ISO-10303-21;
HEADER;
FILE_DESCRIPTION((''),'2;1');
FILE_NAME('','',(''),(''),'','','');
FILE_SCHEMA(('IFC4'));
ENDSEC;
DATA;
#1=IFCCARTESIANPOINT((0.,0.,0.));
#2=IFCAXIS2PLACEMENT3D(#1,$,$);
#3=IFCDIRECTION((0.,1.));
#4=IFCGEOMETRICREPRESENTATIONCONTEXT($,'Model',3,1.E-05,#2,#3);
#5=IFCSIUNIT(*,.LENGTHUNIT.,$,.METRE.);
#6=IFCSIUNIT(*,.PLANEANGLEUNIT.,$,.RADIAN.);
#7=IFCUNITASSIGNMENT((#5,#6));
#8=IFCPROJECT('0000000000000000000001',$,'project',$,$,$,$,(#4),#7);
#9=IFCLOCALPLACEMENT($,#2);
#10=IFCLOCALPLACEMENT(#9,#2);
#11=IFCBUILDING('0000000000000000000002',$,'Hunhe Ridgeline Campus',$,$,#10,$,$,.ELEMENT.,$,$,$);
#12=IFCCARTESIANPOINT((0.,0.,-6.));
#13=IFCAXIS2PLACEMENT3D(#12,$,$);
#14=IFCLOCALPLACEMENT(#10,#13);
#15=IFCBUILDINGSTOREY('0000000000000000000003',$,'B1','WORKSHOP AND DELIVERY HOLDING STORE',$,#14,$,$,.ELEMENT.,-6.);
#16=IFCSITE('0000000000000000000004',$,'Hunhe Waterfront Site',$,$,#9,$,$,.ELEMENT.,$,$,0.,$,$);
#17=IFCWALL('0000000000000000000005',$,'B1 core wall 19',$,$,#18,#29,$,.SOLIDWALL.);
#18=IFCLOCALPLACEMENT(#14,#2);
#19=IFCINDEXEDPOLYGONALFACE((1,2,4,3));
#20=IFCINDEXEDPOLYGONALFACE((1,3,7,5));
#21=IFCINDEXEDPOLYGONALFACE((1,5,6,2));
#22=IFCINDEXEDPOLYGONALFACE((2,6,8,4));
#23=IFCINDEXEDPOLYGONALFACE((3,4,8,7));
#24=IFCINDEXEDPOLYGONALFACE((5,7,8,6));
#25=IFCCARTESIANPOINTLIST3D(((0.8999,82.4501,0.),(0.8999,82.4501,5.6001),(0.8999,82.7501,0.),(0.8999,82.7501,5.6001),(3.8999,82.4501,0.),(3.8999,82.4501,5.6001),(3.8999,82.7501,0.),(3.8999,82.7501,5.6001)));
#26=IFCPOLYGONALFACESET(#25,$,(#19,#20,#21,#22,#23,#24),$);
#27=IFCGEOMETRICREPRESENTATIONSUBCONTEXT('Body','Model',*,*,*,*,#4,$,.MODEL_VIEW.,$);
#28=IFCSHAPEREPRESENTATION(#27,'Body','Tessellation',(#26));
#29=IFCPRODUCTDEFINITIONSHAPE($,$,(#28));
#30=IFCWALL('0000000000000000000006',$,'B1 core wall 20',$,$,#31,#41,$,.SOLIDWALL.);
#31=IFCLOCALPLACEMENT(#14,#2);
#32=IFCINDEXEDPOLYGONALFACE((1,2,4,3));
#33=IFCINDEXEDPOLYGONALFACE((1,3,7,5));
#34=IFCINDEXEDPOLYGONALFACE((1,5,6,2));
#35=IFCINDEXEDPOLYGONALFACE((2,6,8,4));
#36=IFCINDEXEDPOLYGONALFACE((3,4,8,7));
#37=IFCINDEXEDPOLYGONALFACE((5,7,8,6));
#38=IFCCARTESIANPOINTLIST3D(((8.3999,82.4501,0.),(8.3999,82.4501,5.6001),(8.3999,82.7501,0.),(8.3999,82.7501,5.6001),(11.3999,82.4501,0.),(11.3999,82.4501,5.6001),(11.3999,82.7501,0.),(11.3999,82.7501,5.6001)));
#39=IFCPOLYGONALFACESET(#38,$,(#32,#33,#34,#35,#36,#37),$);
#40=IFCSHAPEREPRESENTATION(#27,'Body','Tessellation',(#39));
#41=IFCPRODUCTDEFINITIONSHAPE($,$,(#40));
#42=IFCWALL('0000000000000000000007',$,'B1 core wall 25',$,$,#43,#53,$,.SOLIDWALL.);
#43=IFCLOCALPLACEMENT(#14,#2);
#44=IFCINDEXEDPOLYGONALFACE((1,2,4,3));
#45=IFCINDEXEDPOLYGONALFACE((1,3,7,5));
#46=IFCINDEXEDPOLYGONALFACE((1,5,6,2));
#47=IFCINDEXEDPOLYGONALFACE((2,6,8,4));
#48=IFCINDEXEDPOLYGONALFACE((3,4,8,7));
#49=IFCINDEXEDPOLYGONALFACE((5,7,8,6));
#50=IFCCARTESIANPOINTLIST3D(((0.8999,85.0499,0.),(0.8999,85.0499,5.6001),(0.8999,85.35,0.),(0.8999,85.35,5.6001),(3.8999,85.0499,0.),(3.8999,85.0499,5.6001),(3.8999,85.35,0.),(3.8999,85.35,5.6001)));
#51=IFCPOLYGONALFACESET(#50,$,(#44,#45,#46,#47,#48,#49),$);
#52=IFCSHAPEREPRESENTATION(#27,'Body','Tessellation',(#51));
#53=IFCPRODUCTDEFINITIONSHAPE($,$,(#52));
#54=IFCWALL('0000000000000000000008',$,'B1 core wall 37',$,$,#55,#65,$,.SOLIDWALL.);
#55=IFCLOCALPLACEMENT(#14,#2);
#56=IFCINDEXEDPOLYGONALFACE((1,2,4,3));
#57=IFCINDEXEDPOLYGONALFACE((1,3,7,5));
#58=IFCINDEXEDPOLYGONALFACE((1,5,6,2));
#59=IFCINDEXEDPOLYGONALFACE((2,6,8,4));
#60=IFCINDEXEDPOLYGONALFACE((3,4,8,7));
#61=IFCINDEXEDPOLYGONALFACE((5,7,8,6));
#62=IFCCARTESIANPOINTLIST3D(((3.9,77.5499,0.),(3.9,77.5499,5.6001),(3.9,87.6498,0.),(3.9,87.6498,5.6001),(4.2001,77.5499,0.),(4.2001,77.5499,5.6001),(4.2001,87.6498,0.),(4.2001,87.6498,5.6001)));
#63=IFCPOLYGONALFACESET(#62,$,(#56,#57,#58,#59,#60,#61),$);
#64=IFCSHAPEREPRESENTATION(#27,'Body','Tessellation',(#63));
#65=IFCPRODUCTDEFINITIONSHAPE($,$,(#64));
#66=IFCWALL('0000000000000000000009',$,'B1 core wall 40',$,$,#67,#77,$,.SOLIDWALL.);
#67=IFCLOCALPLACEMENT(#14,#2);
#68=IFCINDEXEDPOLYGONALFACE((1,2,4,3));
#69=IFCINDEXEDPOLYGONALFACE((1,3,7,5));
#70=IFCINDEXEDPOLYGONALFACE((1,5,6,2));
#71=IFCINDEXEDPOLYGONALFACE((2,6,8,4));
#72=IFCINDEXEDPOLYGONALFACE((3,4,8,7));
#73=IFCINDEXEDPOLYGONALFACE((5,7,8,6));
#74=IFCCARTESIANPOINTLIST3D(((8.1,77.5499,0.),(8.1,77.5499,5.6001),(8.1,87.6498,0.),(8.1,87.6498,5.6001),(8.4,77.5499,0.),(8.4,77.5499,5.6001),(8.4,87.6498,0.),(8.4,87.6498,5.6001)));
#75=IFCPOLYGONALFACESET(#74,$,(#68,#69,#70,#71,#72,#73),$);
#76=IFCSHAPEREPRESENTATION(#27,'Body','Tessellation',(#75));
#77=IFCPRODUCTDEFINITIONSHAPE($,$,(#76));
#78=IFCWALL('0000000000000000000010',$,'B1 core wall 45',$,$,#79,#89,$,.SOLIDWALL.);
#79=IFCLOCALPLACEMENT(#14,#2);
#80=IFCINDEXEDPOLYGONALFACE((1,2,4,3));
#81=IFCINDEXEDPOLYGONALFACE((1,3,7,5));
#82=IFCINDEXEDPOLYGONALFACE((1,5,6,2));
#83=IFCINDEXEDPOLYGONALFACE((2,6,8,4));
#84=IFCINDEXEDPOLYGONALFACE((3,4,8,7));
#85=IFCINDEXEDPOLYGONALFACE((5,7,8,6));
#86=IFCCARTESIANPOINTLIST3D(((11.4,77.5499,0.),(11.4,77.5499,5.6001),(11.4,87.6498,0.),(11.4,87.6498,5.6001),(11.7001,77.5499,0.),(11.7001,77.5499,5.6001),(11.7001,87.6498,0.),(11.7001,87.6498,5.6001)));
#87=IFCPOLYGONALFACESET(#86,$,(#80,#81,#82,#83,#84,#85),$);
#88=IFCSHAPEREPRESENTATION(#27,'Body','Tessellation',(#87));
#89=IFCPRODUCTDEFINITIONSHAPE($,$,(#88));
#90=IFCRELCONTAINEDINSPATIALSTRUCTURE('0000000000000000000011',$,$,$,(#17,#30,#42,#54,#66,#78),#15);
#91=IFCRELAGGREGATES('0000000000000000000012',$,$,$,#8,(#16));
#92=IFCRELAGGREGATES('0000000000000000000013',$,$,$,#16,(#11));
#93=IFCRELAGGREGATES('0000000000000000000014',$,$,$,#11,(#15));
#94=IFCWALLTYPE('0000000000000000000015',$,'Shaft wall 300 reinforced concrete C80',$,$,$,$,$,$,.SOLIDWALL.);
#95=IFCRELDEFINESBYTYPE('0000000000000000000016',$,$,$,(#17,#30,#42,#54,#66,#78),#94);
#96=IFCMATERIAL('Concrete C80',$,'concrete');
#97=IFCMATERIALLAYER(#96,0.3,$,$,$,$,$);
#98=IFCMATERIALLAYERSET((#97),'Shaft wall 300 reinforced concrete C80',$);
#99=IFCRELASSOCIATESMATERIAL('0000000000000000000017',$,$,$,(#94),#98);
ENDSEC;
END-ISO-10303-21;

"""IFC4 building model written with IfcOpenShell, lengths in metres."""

from ifc_helpers import new_model, si_unit, direction, frame, frame_2d, origin, place, context, subcontext, project, spatial, rectangle, extrude, material, layer, layer_set, type_object, element, save


model = new_model("IFC4")

# Units and contexts
model_context = context("Model", 3, precision=1e-05, world=origin(), true_north=direction((0.0, 1.0)))
body_context = subcontext(model_context, "Body", "Model", "MODEL_VIEW")
ifc_project = project(units=[si_unit("LENGTHUNIT", "METRE"), si_unit("PLANEANGLEUNIT", "RADIAN")], contexts=[model_context])

# Site, building, storey
site_placement = place(None, origin())
site = spatial("IfcSite", under=ifc_project, at=site_placement, Name="Hunhe Waterfront Site", CompositionType="ELEMENT", RefElevation=0.0)
building_placement = place(site_placement, origin())
building = spatial("IfcBuilding", under=site, at=building_placement, Name="Hunhe Ridgeline Campus", CompositionType="ELEMENT")
storey_placement = place(building_placement, frame((0.0, 0.0, -6.0)))
storey = spatial("IfcBuildingStorey", under=building, at=storey_placement, Name="B1", Description="WORKSHOP AND DELIVERY HOLDING STORE", CompositionType="ELEMENT", Elevation=-6.0)

# Shared definitions
ifc_material_1 = material(Name="Concrete C80", Category="concrete")
ifc_layer_1 = layer(ifc_material_1, 0.3)
ifc_layer_set_1 = layer_set([ifc_layer_1], Name="Shaft wall 300 reinforced concrete C80")
wall_type_1 = type_object("IfcWallType", Name="Shaft wall 300 reinforced concrete C80", PredefinedType="SOLIDWALL", material=ifc_layer_set_1)

# Walls
for number, where, z_axis, x_axis, name in (
    (1, (0.8999, 82.6001, 0.0), (0.0, 0.0, 1.0), (1.0, 0.0, 0.0), "B1 core wall 19"),
    (2, (8.3999, 82.6001, 0.0), (0.0, 0.0, 1.0), (1.0, 0.0, 0.0), "B1 core wall 20"),
    (3, (0.8999, 85.2, 0.0), (0.0, 0.0, 1.0), (1.0, 0.0, 0.0), "B1 core wall 25"),
):
    element("IfcWall", number, at=place(storey_placement, frame(where, z_axis=z_axis, x_axis=x_axis)), inside=storey, type_object=wall_type_1, Name=name, PredefinedType="SOLIDWALL", context=body_context, shape_type="SweptSolid", body=[
        extrude(rectangle(XDim=3.0, YDim=0.3, at=frame_2d((1.5, 0.0))), origin(), (0.0, 0.0, 1.0), 5.6001),
    ])
for number, where, z_axis, x_axis, name in (
    (4, (4.05, 77.55, 0.0), (0.0, 0.0, 1.0), (0.0, 1.0, 0.0), "B1 core wall 37"),
    (5, (8.25, 77.55, 0.0), (0.0, 0.0, 1.0), (0.0, 1.0, 0.0), "B1 core wall 40"),
    (6, (11.55, 77.55, 0.0), (0.0, 0.0, 1.0), (0.0, 1.0, 0.0), "B1 core wall 45"),
):
    element("IfcWall", number, at=place(storey_placement, frame(where, z_axis=z_axis, x_axis=x_axis)), inside=storey, type_object=wall_type_1, Name=name, PredefinedType="SOLIDWALL", context=body_context, shape_type="SweptSolid", body=[
        extrude(rectangle(XDim=10.0999, YDim=0.3, at=frame_2d((5.0498, 0.0))), origin(), (0.0, 0.0, 1.0), 5.6001),
    ])

save(model, "model.ifc")
